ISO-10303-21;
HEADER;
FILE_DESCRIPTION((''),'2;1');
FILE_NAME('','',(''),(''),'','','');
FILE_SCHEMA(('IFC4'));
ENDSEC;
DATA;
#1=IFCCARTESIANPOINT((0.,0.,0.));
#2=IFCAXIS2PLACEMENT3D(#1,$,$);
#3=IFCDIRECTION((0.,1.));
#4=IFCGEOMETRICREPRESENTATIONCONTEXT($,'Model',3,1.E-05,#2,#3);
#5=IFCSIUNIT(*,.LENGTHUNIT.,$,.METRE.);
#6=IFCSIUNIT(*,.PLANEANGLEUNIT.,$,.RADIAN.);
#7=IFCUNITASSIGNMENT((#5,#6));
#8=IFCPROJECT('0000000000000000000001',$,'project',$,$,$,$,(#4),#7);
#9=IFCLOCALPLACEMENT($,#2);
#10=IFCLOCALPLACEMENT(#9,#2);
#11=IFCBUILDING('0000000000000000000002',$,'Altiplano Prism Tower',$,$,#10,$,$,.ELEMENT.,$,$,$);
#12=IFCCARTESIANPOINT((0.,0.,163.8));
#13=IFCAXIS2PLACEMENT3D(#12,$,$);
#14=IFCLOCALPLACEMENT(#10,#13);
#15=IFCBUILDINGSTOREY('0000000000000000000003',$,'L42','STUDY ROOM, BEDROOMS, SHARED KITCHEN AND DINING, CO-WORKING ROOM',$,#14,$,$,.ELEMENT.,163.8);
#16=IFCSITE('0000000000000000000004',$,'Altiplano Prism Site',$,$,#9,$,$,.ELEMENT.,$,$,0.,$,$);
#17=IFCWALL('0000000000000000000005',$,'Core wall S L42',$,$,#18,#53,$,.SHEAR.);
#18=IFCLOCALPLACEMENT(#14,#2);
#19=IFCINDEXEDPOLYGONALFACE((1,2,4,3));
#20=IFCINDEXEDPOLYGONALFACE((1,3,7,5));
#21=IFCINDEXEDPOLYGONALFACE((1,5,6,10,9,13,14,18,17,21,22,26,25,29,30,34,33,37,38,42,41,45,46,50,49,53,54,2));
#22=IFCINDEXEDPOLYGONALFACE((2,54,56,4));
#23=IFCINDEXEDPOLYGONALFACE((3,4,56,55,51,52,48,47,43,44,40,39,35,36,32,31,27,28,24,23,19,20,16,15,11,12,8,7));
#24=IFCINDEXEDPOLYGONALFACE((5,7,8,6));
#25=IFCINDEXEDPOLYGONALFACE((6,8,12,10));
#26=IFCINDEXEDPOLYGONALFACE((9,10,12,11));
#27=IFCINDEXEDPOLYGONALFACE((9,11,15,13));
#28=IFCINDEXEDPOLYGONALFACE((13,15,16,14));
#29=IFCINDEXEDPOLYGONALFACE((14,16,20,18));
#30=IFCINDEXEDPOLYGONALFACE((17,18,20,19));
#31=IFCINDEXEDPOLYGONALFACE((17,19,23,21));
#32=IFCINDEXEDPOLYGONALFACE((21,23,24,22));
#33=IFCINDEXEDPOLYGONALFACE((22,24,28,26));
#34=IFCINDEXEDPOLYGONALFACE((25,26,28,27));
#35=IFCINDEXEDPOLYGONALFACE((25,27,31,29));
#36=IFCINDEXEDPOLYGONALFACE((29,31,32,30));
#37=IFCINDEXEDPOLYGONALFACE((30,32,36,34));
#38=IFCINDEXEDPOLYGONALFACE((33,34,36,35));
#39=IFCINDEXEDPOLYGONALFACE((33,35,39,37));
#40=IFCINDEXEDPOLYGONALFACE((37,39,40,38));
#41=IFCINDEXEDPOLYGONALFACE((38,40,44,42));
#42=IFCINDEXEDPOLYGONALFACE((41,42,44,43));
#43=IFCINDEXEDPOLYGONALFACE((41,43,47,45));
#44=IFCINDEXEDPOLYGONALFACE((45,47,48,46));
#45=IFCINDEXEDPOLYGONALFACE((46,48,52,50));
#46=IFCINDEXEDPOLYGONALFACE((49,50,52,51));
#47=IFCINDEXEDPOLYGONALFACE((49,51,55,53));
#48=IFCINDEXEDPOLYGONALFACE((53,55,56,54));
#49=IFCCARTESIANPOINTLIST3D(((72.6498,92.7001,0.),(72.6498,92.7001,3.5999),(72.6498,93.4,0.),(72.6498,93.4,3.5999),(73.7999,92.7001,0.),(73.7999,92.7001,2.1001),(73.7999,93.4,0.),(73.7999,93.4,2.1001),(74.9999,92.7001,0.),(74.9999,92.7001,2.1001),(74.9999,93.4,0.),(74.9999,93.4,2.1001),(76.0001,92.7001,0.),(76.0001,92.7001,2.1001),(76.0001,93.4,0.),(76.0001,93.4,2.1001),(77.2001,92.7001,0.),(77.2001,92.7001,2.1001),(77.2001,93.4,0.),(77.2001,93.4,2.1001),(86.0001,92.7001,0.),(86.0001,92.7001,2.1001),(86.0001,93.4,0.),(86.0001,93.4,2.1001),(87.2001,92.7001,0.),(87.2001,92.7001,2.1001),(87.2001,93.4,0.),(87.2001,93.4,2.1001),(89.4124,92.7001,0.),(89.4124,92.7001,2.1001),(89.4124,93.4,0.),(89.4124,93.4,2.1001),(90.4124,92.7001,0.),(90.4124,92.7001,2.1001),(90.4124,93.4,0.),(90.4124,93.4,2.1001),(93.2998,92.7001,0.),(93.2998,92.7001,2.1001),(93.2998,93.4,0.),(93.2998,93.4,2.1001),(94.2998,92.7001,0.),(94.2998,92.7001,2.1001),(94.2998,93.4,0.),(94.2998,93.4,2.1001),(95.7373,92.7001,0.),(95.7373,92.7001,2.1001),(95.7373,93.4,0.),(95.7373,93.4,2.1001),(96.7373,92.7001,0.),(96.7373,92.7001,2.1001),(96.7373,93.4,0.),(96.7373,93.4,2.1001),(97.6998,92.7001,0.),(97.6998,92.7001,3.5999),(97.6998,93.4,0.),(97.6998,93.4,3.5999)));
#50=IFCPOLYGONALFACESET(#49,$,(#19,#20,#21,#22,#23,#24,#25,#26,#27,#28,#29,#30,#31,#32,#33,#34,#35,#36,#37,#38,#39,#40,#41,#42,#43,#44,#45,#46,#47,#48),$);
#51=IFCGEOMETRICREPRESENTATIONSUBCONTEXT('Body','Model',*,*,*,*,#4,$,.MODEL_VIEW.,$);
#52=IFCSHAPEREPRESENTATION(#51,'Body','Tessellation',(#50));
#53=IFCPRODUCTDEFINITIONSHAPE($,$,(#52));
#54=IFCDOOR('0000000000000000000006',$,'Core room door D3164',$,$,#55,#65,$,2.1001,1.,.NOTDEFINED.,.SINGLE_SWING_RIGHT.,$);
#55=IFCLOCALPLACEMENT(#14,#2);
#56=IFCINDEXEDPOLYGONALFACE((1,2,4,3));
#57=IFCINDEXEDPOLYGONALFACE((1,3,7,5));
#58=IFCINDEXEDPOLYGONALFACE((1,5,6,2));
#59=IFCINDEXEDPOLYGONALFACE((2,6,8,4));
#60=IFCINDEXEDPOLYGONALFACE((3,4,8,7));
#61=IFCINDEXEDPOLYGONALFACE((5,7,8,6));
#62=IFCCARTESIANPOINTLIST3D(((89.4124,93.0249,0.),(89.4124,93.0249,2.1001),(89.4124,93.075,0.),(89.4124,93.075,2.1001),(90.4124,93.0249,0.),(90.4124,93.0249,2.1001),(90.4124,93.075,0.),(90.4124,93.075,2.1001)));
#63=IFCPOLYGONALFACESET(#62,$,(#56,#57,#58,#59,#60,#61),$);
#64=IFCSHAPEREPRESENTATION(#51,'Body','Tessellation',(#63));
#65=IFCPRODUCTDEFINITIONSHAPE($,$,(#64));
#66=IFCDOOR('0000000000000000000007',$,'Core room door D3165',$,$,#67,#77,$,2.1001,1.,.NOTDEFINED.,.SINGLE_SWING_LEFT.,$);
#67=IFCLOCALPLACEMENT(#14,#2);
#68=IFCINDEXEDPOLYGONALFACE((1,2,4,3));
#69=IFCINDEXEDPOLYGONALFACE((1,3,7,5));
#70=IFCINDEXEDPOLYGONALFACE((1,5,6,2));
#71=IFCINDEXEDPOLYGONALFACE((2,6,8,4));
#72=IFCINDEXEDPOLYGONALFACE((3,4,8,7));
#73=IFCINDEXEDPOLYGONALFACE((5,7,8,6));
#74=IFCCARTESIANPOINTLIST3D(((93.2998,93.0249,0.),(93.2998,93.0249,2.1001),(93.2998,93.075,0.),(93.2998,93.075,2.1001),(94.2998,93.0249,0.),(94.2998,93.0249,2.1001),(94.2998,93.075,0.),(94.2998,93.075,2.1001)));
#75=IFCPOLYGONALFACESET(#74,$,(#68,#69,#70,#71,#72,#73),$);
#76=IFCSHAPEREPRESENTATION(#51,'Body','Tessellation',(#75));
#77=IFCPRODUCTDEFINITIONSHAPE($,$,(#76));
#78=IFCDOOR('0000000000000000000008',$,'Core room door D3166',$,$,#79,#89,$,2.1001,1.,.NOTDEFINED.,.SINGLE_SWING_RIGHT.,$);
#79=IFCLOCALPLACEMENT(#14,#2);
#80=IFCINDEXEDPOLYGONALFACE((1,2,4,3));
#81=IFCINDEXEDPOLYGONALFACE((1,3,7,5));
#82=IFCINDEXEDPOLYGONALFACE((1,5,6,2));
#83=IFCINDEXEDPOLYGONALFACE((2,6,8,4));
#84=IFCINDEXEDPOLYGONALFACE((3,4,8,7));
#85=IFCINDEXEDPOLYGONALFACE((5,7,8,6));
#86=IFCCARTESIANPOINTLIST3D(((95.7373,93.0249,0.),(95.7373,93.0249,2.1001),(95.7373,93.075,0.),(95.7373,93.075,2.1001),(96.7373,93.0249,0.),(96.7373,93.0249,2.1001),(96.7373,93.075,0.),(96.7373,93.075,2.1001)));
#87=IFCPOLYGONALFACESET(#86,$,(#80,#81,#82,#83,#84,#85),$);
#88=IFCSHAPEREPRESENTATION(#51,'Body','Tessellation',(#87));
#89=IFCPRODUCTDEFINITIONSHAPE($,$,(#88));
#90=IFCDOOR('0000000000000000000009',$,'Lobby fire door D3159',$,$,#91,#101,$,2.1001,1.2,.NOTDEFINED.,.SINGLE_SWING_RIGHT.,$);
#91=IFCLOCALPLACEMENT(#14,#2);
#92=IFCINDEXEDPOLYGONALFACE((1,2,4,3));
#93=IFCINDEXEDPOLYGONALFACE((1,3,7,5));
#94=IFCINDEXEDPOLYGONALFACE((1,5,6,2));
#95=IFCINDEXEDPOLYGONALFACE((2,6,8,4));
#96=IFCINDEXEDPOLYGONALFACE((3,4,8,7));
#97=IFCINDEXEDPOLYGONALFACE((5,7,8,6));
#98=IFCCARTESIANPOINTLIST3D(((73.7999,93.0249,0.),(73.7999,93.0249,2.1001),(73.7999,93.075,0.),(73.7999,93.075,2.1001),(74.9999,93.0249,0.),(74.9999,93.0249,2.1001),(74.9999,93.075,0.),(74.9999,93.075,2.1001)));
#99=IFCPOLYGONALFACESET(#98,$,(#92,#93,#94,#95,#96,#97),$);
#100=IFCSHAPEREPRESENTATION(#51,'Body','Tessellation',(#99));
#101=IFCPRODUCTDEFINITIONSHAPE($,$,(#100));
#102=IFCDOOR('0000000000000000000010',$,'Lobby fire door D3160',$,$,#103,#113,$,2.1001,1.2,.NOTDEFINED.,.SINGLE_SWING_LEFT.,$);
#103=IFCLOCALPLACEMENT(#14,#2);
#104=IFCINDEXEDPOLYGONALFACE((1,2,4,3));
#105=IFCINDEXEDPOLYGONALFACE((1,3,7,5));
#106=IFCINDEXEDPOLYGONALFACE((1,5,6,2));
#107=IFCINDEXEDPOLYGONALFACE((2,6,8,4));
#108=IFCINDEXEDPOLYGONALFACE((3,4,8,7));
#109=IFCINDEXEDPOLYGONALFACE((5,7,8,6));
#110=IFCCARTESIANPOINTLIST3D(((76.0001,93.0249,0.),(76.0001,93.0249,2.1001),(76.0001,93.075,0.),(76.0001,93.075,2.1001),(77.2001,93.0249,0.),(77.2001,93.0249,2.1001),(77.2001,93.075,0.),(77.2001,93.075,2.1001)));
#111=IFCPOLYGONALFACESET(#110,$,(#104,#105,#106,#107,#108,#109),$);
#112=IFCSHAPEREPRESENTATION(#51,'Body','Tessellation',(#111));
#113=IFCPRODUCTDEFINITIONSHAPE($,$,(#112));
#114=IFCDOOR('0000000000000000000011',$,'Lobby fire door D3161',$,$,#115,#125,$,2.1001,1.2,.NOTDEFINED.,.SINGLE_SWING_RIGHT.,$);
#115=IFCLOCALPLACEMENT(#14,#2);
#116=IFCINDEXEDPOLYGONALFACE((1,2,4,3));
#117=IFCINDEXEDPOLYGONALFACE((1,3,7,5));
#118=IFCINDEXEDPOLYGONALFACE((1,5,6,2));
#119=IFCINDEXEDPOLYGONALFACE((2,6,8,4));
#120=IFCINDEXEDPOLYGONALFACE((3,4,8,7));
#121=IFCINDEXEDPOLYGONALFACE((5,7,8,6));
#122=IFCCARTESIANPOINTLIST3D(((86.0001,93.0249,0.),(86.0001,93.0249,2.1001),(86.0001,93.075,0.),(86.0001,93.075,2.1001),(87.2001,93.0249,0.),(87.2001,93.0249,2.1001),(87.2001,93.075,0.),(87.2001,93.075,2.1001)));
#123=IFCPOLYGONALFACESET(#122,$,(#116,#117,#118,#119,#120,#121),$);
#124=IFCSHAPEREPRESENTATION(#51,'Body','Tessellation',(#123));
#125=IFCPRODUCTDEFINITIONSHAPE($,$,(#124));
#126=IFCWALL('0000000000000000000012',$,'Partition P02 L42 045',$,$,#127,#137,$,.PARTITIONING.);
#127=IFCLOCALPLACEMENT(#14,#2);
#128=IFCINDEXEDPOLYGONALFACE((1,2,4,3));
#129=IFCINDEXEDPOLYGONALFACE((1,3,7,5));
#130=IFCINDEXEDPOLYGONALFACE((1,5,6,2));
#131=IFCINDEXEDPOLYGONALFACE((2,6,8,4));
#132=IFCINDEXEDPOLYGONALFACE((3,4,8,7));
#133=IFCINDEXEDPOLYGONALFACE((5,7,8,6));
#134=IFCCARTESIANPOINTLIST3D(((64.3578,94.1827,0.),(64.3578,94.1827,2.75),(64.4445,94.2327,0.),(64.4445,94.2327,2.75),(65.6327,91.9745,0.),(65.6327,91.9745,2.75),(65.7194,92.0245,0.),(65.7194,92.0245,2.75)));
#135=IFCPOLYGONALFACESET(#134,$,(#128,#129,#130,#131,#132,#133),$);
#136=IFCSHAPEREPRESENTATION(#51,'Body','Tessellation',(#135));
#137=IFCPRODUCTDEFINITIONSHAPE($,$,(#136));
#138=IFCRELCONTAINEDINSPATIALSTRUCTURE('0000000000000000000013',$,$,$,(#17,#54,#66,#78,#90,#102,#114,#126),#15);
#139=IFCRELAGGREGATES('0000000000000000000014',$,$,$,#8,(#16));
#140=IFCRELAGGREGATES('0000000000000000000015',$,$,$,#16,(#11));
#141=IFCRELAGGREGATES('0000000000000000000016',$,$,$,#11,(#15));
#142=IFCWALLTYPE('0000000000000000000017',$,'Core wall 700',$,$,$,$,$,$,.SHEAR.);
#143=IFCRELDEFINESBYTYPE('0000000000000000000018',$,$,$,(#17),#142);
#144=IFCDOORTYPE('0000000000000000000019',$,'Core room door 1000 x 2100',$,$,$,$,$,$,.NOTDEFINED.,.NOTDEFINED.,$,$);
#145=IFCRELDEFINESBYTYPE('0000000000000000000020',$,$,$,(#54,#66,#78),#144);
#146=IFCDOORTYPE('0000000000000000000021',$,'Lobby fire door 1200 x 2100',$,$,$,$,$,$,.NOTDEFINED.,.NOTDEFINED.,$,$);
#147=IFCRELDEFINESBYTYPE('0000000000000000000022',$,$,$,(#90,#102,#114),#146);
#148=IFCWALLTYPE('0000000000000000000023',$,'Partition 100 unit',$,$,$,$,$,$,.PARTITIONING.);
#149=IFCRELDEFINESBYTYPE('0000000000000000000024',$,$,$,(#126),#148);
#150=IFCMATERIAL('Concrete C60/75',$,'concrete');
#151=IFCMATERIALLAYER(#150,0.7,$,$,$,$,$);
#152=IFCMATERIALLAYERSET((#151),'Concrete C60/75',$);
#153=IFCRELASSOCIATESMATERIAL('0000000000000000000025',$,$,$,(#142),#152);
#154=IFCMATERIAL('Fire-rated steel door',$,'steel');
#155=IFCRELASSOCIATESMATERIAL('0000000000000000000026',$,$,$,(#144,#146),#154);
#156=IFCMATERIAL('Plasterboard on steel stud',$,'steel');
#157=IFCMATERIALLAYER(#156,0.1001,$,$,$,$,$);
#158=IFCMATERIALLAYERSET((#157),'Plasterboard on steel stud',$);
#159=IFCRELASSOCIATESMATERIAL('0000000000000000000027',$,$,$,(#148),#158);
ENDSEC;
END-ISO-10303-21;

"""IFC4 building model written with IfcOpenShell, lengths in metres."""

from ifc_helpers import new_model, si_unit, direction, frame, frame_2d, origin, place, context, subcontext, project, spatial, rectangle, extrude, material, layer, layer_set, type_object, element, fill, save


model = new_model("IFC4")

# Units and contexts
model_context = context("Model", 3, precision=1e-05, world=origin(), true_north=direction((0.0, 1.0)))
body_context = subcontext(model_context, "Body", "Model", "MODEL_VIEW")
ifc_project = project(units=[si_unit("LENGTHUNIT", "METRE"), si_unit("PLANEANGLEUNIT", "RADIAN")], contexts=[model_context])

# Site, building, storey
site_placement = place(None, origin())
site = spatial("IfcSite", under=ifc_project, at=site_placement, Name="Altiplano Prism Site", CompositionType="ELEMENT", RefElevation=0.0)
building_placement = place(site_placement, origin())
building = spatial("IfcBuilding", under=site, at=building_placement, Name="Altiplano Prism Tower", CompositionType="ELEMENT")
storey_placement = place(building_placement, frame((0.0, 0.0, 163.8)))
storey = spatial("IfcBuildingStorey", under=building, at=storey_placement, Name="L42", Description="STUDY ROOM, BEDROOMS, SHARED KITCHEN AND DINING, CO-WORKING ROOM", CompositionType="ELEMENT", Elevation=163.8)

# Shared definitions
ifc_material_1 = material(Name="Concrete C60/75", Category="concrete")

# Wall, openings, doors
ifc_layer_1 = layer(ifc_material_1, 0.7)
ifc_layer_set_1 = layer_set([ifc_layer_1], Name="Concrete C60/75")
wall_type_1 = type_object("IfcWallType", Name="Core wall 700", PredefinedType="SHEAR", material=ifc_layer_set_1)
wall_1_placement = place(storey_placement, frame((72.6499, 93.05, 0.0), z_axis=(0.0, 0.0, 1.0), x_axis=(1.0, 0.0, 0.0)))
wall_1 = element("IfcWall", 1, at=wall_1_placement, inside=storey, type_object=wall_type_1, Name="Core wall S L42", PredefinedType="SHEAR", context=body_context, shape_type="SweptSolid", body=[
    extrude(rectangle(XDim=25.05, YDim=0.7, at=frame_2d((12.5249, 0.0))), origin(), (0.0, 0.0, 1.0), 3.5999),
])
opening_1_placement = place(wall_1_placement, frame((1.1499, 0.0, 0.0)))
opening_1 = element("IfcOpeningElement", 2, at=opening_1_placement, cuts=wall_1, PredefinedType="OPENING", context=body_context, shape_type="SweptSolid", body=[
    extrude(rectangle(XDim=1.2, YDim=2.1001, at=frame_2d((0.6001, 1.05))), frame((0.0, 0.3604, 0.0), z_axis=(0.0, -1.0, 0.0), x_axis=(1.0, 0.0, 0.0)), (0.0, 0.0, 1.0), 0.7209),
])
opening_2_placement = place(wall_1_placement, frame((3.3501, 0.0, 0.0)))
opening_2 = element("IfcOpeningElement", 3, at=opening_2_placement, cuts=wall_1, PredefinedType="OPENING", context=body_context, shape_type="SweptSolid", body=[
    extrude(rectangle(XDim=1.2, YDim=2.1001, at=frame_2d((0.6001, 1.05))), frame((0.0, 0.3604, 0.0), z_axis=(0.0, -1.0, 0.0), x_axis=(1.0, 0.0, 0.0)), (0.0, 0.0, 1.0), 0.7209),
])
opening_3_placement = place(wall_1_placement, frame((13.3501, 0.0, 0.0)))
opening_3 = element("IfcOpeningElement", 4, at=opening_3_placement, cuts=wall_1, PredefinedType="OPENING", context=body_context, shape_type="SweptSolid", body=[
    extrude(rectangle(XDim=1.2, YDim=2.1001, at=frame_2d((0.6001, 1.05))), frame((0.0, 0.3604, 0.0), z_axis=(0.0, -1.0, 0.0), x_axis=(1.0, 0.0, 0.0)), (0.0, 0.0, 1.0), 0.7209),
])
opening_4_placement = place(wall_1_placement, frame((16.7625, 0.0, 0.0)))
opening_4 = element("IfcOpeningElement", 5, at=opening_4_placement, cuts=wall_1, PredefinedType="OPENING", context=body_context, shape_type="SweptSolid", body=[
    extrude(rectangle(XDim=1.0, YDim=2.1001, at=frame_2d((0.5, 1.05))), frame((0.0, 0.3604, 0.0), z_axis=(0.0, -1.0, 0.0), x_axis=(1.0, 0.0, 0.0)), (0.0, 0.0, 1.0), 0.7209),
])
opening_5_placement = place(wall_1_placement, frame((20.6499, 0.0, 0.0)))
opening_5 = element("IfcOpeningElement", 6, at=opening_5_placement, cuts=wall_1, PredefinedType="OPENING", context=body_context, shape_type="SweptSolid", body=[
    extrude(rectangle(XDim=1.0, YDim=2.1001, at=frame_2d((0.5, 1.05))), frame((0.0, 0.3604, 0.0), z_axis=(0.0, -1.0, 0.0), x_axis=(1.0, 0.0, 0.0)), (0.0, 0.0, 1.0), 0.7209),
])
opening_6_placement = place(wall_1_placement, frame((23.0874, 0.0, 0.0)))
opening_6 = element("IfcOpeningElement", 7, at=opening_6_placement, cuts=wall_1, PredefinedType="OPENING", context=body_context, shape_type="SweptSolid", body=[
    extrude(rectangle(XDim=1.0, YDim=2.1001, at=frame_2d((0.5, 1.05))), frame((0.0, 0.3604, 0.0), z_axis=(0.0, -1.0, 0.0), x_axis=(1.0, 0.0, 0.0)), (0.0, 0.0, 1.0), 0.7209),
])
ifc_material_2 = material(Name="Fire-rated steel door", Category="steel")
door_type_1 = type_object("IfcDoorType", Name="Core room door 1000 x 2100", OperationType="NOTDEFINED", PredefinedType="NOTDEFINED", material=ifc_material_2)
door_1_placement = place(opening_4_placement, origin())
door_1 = element("IfcDoor", 8, at=door_1_placement, inside=storey, type_object=door_type_1, Name="Core room door D3164", OperationType="SINGLE_SWING_RIGHT", OverallHeight=2.1001, OverallWidth=1.0, PredefinedType="NOTDEFINED", context=body_context, shape_type="SweptSolid", body=[
    extrude(rectangle(XDim=1.0, YDim=2.1001, at=frame_2d((0.5, 1.05))), frame((0.0, 0.0249, 0.0), z_axis=(0.0, -1.0, 0.0), x_axis=(1.0, 0.0, 0.0)), (0.0, 0.0, 1.0), 0.05),
])
fill(opening_4, door_1)
door_2_placement = place(opening_5_placement, origin())
door_2 = element("IfcDoor", 9, at=door_2_placement, inside=storey, type_object=door_type_1, Name="Core room door D3165", OperationType="SINGLE_SWING_LEFT", OverallHeight=2.1001, OverallWidth=1.0, PredefinedType="NOTDEFINED", context=body_context, shape_type="SweptSolid", body=[
    extrude(rectangle(XDim=1.0, YDim=2.1001, at=frame_2d((0.5, 1.05))), frame((0.0, 0.0249, 0.0), z_axis=(0.0, -1.0, 0.0), x_axis=(1.0, 0.0, 0.0)), (0.0, 0.0, 1.0), 0.05),
])
fill(opening_5, door_2)
door_3_placement = place(opening_6_placement, origin())
door_3 = element("IfcDoor", 10, at=door_3_placement, inside=storey, type_object=door_type_1, Name="Core room door D3166", OperationType="SINGLE_SWING_RIGHT", OverallHeight=2.1001, OverallWidth=1.0, PredefinedType="NOTDEFINED", context=body_context, shape_type="SweptSolid", body=[
    extrude(rectangle(XDim=1.0, YDim=2.1001, at=frame_2d((0.5, 1.05))), frame((0.0, 0.0249, 0.0), z_axis=(0.0, -1.0, 0.0), x_axis=(1.0, 0.0, 0.0)), (0.0, 0.0, 1.0), 0.05),
])
fill(opening_6, door_3)
door_type_2 = type_object("IfcDoorType", Name="Lobby fire door 1200 x 2100", OperationType="NOTDEFINED", PredefinedType="NOTDEFINED", material=ifc_material_2)
door_4_placement = place(opening_1_placement, origin())
door_4 = element("IfcDoor", 11, at=door_4_placement, inside=storey, type_object=door_type_2, Name="Lobby fire door D3159", OperationType="SINGLE_SWING_RIGHT", OverallHeight=2.1001, OverallWidth=1.2, PredefinedType="NOTDEFINED", context=body_context, shape_type="SweptSolid", body=[
    extrude(rectangle(XDim=1.2, YDim=2.1001, at=frame_2d((0.6001, 1.05))), frame((0.0, 0.0249, 0.0), z_axis=(0.0, -1.0, 0.0), x_axis=(1.0, 0.0, 0.0)), (0.0, 0.0, 1.0), 0.05),
])
fill(opening_1, door_4)
door_5_placement = place(opening_2_placement, origin())
door_5 = element("IfcDoor", 12, at=door_5_placement, inside=storey, type_object=door_type_2, Name="Lobby fire door D3160", OperationType="SINGLE_SWING_LEFT", OverallHeight=2.1001, OverallWidth=1.2, PredefinedType="NOTDEFINED", context=body_context, shape_type="SweptSolid", body=[
    extrude(rectangle(XDim=1.2, YDim=2.1001, at=frame_2d((0.6001, 1.05))), frame((0.0, 0.0249, 0.0), z_axis=(0.0, -1.0, 0.0), x_axis=(1.0, 0.0, 0.0)), (0.0, 0.0, 1.0), 0.05),
])
fill(opening_2, door_5)
door_6_placement = place(opening_3_placement, origin())
door_6 = element("IfcDoor", 13, at=door_6_placement, inside=storey, type_object=door_type_2, Name="Lobby fire door D3161", OperationType="SINGLE_SWING_RIGHT", OverallHeight=2.1001, OverallWidth=1.2, PredefinedType="NOTDEFINED", context=body_context, shape_type="SweptSolid", body=[
    extrude(rectangle(XDim=1.2, YDim=2.1001, at=frame_2d((0.6001, 1.05))), frame((0.0, 0.0249, 0.0), z_axis=(0.0, -1.0, 0.0), x_axis=(1.0, 0.0, 0.0)), (0.0, 0.0, 1.0), 0.05),
])
fill(opening_3, door_6)

# Wall
ifc_material_3 = material(Name="Plasterboard on steel stud", Category="steel")
ifc_layer_2 = layer(ifc_material_3, 0.1001)
ifc_layer_set_2 = layer_set([ifc_layer_2], Name="Plasterboard on steel stud")
wall_type_2 = type_object("IfcWallType", Name="Partition 100 unit", PredefinedType="PARTITIONING", material=ifc_layer_set_2)
wall_2_placement = place(storey_placement, frame((65.676, 91.9995, 0.0), z_axis=(0.0, 0.0, 1.0), x_axis=(-0.49999, 0.866031, 0.0)))
element("IfcWall", 14, at=wall_2_placement, inside=storey, type_object=wall_type_2, Name="Partition P02 L42 045", PredefinedType="PARTITIONING", context=body_context, shape_type="SweptSolid", body=[
    extrude(rectangle(XDim=2.5498, YDim=0.1001, at=frame_2d((1.2749, 0.0))), origin(), (0.0, 0.0, 1.0), 2.75),
])

save(model, "model.ifc")
